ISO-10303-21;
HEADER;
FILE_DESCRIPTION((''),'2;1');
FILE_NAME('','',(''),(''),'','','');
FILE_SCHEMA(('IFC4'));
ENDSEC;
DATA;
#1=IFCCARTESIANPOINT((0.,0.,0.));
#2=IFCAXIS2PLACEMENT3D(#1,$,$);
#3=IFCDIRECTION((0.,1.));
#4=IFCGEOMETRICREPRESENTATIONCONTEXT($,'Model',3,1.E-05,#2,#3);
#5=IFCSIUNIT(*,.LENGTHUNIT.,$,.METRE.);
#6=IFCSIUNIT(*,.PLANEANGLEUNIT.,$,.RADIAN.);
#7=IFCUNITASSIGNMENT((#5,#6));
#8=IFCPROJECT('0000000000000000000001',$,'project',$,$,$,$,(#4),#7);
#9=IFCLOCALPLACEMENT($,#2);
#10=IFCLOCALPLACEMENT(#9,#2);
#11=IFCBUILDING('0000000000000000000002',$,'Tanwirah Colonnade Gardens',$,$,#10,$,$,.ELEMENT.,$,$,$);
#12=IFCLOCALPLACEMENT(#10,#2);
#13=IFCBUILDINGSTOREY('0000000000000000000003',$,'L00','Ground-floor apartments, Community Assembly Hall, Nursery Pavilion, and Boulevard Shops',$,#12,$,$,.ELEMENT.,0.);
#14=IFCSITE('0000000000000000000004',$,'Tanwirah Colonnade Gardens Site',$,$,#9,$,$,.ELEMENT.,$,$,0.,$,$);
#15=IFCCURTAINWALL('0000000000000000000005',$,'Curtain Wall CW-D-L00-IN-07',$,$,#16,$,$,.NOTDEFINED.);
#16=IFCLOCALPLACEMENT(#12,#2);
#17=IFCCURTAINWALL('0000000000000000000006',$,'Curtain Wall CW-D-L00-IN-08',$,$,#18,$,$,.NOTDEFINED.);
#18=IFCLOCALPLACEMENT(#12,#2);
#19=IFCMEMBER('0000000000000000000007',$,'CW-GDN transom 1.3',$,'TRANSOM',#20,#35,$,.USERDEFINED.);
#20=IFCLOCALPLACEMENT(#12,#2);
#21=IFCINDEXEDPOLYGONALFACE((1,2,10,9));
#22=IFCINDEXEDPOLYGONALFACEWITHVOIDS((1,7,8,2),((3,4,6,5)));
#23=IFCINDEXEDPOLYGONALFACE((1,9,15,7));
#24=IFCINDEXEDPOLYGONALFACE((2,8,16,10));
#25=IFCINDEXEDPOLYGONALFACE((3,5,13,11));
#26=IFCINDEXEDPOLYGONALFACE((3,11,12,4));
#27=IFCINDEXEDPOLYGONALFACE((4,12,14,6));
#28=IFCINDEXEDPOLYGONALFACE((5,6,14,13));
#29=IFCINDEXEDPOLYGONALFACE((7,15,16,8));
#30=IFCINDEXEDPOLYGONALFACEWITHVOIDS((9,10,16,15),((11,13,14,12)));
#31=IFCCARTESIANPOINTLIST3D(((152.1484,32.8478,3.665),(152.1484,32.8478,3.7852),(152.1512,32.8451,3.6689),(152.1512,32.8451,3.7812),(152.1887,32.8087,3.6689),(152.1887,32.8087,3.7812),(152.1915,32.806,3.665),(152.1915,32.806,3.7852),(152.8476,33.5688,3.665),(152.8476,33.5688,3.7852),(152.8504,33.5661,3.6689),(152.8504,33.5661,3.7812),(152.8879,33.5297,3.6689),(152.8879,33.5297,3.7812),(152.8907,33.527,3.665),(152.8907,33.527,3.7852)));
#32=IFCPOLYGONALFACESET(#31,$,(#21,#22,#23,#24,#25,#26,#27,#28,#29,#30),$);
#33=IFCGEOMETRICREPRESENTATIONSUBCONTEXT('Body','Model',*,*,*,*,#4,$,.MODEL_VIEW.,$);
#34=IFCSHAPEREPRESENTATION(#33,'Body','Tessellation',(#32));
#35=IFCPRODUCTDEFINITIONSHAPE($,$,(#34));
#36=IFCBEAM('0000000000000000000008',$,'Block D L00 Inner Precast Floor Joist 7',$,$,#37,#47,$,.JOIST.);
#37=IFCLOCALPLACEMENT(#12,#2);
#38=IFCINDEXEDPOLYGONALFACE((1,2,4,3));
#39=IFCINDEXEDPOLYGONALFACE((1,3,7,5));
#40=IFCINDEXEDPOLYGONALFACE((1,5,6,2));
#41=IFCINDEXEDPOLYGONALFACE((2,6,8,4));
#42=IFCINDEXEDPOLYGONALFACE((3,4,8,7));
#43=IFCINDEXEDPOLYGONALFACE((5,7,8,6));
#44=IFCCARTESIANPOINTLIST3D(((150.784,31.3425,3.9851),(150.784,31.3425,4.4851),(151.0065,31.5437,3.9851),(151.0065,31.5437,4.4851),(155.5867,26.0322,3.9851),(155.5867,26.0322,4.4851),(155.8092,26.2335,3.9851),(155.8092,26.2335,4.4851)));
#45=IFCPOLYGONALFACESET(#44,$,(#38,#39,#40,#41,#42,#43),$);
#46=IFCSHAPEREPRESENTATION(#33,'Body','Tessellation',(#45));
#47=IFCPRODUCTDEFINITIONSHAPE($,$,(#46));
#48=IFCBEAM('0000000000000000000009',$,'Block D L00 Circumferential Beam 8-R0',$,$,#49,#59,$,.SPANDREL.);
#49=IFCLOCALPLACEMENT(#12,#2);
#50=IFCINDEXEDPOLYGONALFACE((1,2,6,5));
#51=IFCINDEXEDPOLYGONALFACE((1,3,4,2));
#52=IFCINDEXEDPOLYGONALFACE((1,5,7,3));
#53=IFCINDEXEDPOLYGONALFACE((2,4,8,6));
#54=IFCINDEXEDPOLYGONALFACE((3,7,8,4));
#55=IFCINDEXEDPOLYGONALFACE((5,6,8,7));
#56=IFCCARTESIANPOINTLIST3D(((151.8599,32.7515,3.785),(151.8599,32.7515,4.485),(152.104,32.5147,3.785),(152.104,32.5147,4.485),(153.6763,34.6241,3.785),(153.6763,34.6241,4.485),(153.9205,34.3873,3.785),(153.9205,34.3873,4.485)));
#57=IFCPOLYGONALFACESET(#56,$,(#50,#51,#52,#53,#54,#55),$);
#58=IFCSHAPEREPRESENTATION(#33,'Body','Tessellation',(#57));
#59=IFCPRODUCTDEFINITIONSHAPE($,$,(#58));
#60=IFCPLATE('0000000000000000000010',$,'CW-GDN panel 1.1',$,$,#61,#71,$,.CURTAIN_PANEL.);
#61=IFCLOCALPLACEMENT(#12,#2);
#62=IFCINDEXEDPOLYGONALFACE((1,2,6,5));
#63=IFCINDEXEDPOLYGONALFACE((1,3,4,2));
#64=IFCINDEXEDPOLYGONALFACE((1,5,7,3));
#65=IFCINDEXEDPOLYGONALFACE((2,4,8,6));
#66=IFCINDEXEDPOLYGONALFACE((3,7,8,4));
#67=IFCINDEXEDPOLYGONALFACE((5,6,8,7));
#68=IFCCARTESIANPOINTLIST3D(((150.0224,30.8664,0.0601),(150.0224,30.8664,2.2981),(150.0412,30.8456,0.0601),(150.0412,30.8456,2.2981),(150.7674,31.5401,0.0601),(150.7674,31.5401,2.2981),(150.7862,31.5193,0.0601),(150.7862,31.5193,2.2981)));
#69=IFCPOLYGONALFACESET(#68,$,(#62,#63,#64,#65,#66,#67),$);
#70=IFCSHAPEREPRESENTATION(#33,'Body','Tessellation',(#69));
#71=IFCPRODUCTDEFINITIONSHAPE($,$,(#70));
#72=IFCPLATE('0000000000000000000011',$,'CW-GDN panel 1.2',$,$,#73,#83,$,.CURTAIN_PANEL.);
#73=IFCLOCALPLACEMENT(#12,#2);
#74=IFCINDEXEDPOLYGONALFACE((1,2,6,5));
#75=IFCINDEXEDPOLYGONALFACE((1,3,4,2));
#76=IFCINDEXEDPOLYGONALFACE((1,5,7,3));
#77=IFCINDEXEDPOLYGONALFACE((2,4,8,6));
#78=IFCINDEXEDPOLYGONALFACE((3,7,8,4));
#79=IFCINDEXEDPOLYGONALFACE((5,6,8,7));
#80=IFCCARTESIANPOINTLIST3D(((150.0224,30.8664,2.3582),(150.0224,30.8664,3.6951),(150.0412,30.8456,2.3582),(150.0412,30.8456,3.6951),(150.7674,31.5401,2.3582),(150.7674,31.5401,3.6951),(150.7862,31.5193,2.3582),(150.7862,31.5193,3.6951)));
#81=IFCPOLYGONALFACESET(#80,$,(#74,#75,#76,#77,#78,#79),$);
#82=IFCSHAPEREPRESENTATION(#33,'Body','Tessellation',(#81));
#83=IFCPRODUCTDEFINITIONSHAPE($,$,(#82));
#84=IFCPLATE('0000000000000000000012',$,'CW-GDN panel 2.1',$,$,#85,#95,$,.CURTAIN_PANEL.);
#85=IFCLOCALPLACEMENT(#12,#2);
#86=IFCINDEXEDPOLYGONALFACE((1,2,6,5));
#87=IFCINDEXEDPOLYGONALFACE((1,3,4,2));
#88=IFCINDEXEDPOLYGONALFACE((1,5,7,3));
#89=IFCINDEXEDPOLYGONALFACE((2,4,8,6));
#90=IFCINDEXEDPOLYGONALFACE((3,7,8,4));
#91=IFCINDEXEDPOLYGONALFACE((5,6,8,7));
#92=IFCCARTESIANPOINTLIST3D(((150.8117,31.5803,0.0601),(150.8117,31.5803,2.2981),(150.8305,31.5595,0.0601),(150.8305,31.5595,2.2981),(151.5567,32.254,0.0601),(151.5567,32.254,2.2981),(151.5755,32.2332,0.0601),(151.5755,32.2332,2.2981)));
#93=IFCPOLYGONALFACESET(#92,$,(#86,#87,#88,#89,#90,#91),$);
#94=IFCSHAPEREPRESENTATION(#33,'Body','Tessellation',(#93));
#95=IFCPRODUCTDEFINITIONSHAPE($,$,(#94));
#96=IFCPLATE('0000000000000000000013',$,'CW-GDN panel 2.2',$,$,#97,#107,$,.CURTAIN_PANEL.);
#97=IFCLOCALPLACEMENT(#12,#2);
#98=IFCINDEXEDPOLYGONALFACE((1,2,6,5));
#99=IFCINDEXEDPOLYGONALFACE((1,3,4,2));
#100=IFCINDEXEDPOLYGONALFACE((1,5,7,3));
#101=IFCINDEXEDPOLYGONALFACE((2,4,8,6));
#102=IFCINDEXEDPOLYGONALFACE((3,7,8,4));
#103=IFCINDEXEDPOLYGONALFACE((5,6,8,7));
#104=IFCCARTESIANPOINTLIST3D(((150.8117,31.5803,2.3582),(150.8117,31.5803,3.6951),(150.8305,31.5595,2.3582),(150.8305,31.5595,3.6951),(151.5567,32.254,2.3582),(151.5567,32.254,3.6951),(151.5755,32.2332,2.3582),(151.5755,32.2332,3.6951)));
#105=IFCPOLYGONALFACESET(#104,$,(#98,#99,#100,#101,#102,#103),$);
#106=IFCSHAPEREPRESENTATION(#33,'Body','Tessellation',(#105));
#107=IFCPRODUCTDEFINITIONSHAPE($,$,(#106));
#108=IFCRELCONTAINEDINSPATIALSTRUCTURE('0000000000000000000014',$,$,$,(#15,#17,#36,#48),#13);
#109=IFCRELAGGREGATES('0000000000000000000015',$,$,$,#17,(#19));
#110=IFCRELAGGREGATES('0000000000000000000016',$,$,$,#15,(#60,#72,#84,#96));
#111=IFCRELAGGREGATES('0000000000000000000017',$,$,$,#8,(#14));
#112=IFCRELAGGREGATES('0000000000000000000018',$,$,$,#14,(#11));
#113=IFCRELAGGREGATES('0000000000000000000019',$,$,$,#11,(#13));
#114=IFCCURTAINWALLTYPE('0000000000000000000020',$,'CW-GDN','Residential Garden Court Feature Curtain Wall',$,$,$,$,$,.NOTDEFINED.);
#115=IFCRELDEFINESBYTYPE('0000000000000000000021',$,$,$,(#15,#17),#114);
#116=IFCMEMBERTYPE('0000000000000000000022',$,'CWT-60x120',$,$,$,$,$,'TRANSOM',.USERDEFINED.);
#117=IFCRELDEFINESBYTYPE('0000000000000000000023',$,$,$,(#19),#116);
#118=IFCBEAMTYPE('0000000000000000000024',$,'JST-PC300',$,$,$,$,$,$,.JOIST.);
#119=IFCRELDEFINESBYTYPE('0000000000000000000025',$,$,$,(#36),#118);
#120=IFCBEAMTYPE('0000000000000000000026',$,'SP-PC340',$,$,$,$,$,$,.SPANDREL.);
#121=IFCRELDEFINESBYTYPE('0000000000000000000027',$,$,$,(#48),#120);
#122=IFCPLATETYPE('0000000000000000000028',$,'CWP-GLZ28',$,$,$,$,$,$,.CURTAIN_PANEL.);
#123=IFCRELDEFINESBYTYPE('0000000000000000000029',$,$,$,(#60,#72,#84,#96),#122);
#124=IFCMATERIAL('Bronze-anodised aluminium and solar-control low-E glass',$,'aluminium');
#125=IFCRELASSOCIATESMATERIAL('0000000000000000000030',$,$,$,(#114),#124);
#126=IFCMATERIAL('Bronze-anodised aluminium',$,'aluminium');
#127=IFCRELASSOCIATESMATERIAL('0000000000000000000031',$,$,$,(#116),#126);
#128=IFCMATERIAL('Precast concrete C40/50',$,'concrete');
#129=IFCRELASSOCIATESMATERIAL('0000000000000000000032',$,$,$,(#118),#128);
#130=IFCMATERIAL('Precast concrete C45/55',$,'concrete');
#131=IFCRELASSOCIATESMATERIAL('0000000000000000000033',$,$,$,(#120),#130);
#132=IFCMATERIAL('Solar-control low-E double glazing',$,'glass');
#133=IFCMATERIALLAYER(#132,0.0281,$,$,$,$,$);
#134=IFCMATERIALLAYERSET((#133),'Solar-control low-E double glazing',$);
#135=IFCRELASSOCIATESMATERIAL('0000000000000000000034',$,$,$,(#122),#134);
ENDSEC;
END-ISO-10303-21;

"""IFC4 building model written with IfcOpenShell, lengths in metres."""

from ifc_helpers import new_model, si_unit, direction, frame, origin, origin_2d, place, context, subcontext, project, spatial, rectangle, hollow_rectangle, extrude, material, layer, layer_set, material_profile, profile_set, type_object, element, aggregate, save


model = new_model("IFC4")

# Units and contexts
model_context = context("Model", 3, precision=1e-05, world=origin(), true_north=direction((0.0, 1.0)))
body_context = subcontext(model_context, "Body", "Model", "MODEL_VIEW")
ifc_project = project(units=[si_unit("LENGTHUNIT", "METRE"), si_unit("PLANEANGLEUNIT", "RADIAN")], contexts=[model_context])

# Site, building, storey
site_placement = place(None, origin())
site = spatial("IfcSite", under=ifc_project, at=site_placement, Name="Tanwirah Colonnade Gardens Site", CompositionType="ELEMENT", RefElevation=0.0)
building_placement = place(site_placement, origin())
building = spatial("IfcBuilding", under=site, at=building_placement, Name="Tanwirah Colonnade Gardens", CompositionType="ELEMENT")
storey_placement = place(building_placement, origin())
storey = spatial("IfcBuildingStorey", under=building, at=storey_placement, Name="L00", Description="Ground-floor apartments, Community Assembly Hall, Nursery Pavilion, and Boulevard Shops", CompositionType="ELEMENT", Elevation=0.0)

# Shared definitions
ifc_material_1 = material(Name="Precast concrete C45/55", Category="concrete")

# Curtain wall
ifc_material_2 = material(Name="Bronze-anodised aluminium and solar-control low-E glass", Category="aluminium")
curtain_wall_type = type_object("IfcCurtainWallType", Name="CW-GDN", Description="Residential Garden Court Feature Curtain Wall", PredefinedType="NOTDEFINED", material=ifc_material_2)
curtain_wall_1_placement = place(storey_placement, origin())
curtain_wall_1 = element("IfcCurtainWall", 1, at=curtain_wall_1_placement, inside=storey, type_object=curtain_wall_type, Name="Curtain Wall CW-D-L00-IN-07", PredefinedType="NOTDEFINED")
ifc_material_3 = material(Name="Bronze-anodised aluminium", Category="aluminium")

# Curtain wall
curtain_wall_2_placement = place(storey_placement, origin())
curtain_wall_2 = element("IfcCurtainWall", 2, at=curtain_wall_2_placement, inside=storey, type_object=curtain_wall_type, Name="Curtain Wall CW-D-L00-IN-08", PredefinedType="NOTDEFINED")

# Member
ifc_material_profile_1 = material_profile(ifc_material_3, hollow_rectangle(XDim=0.0601, YDim=0.1201, WallThickness=0.0039, at=origin_2d()), Name="CW-TRN 60x120x4")
ifc_profile_set_1 = profile_set([ifc_material_profile_1], Name="Bronze-anodised aluminium")
member_type_1 = type_object("IfcMemberType", Name="CWT-60x120", ElementType="TRANSOM", PredefinedType="USERDEFINED", material=ifc_profile_set_1)
member_1_placement = place(storey_placement, frame((152.1699, 32.8269, 3.7251), z_axis=(0.696207, 0.717841, 0.0), x_axis=(-0.717841, 0.696207, 0.0)))
member_1 = element("IfcMember", 3, at=member_1_placement, type_object=member_type_1, Name="CW-GDN transom 1.3", ObjectType="TRANSOM", PredefinedType="USERDEFINED", context=body_context, shape_type="SweptSolid", body=[
    extrude(hollow_rectangle(XDim=0.0601, YDim=0.1201, WallThickness=0.0039, at=origin_2d()), origin(), (0.0, 0.0, 1.0), 1.0044),
])
aggregate(curtain_wall_2, [member_1])

# Beams
ifc_material_4 = material(Name="Precast concrete C40/50", Category="concrete")
ifc_material_profile_2 = material_profile(ifc_material_4, rectangle(XDim=0.3, YDim=0.5, at=origin_2d()), Name="PC-JST 300x500")
ifc_profile_set_2 = profile_set([ifc_material_profile_2], Name="Precast concrete C40/50")
beam_type_1 = type_object("IfcBeamType", Name="JST-PC300", PredefinedType="JOIST", material=ifc_profile_set_2)
beam_1_placement = place(storey_placement, frame((150.8953, 31.4431, 4.2351), z_axis=(0.670773, -0.741663, 0.0), x_axis=(0.741663, 0.670773, 0.0)))
element("IfcBeam", 4, at=beam_1_placement, inside=storey, type_object=beam_type_1, Name="Block D L00 Inner Precast Floor Joist 7", PredefinedType="JOIST", context=body_context, shape_type="SweptSolid", body=[
    extrude(rectangle(XDim=0.3, YDim=0.5, at=origin_2d()), origin(), (0.0, 0.0, 1.0), 7.1599),
])
ifc_material_profile_3 = material_profile(ifc_material_1, rectangle(XDim=0.3401, YDim=0.7, at=origin_2d()), Name="PC-SP 340x700")
ifc_profile_set_3 = profile_set([ifc_material_profile_3], Name="Precast concrete C45/55")
beam_type_2 = type_object("IfcBeamType", Name="SP-PC340", PredefinedType="SPANDREL", material=ifc_profile_set_3)
beam_2_placement = place(storey_placement, frame((151.9819, 32.6331, 4.135), z_axis=(0.696263, 0.717787, 0.0), x_axis=(-0.717787, 0.696263, 0.0)))
element("IfcBeam", 5, at=beam_2_placement, inside=storey, type_object=beam_type_2, Name="Block D L00 Circumferential Beam 8-R0", PredefinedType="SPANDREL", context=body_context, shape_type="SweptSolid", body=[
    extrude(rectangle(XDim=0.3401, YDim=0.7, at=origin_2d()), origin(), (0.0, 0.0, 1.0), 2.6089),
])

# Plates
ifc_material_5 = material(Name="Solar-control low-E double glazing", Category="glass")
ifc_layer = layer(ifc_material_5, 0.0281)
ifc_layer_set = layer_set([ifc_layer], Name="Solar-control low-E double glazing")
plate_type = type_object("IfcPlateType", Name="CWP-GLZ28", PredefinedType="CURTAIN_PANEL", material=ifc_layer_set)
plate_1_placement = place(storey_placement, frame((150.4043, 31.1929, 0.0601), z_axis=(0.0, 0.0, 1.0), x_axis=(0.741683, 0.670751, 0.0)))
plate_1 = element("IfcPlate", 6, at=plate_1_placement, type_object=plate_type, Name="CW-GDN panel 1.1", PredefinedType="CURTAIN_PANEL", context=body_context, shape_type="SweptSolid", body=[
    extrude(rectangle(XDim=1.0044, YDim=0.0281, at=origin_2d()), origin(), (0.0, 0.0, 1.0), 2.238),
])
plate_2_placement = place(storey_placement, frame((150.4043, 31.1929, 2.3582), z_axis=(0.0, 0.0, 1.0), x_axis=(0.741683, 0.670751, 0.0)))
plate_2 = element("IfcPlate", 7, at=plate_2_placement, type_object=plate_type, Name="CW-GDN panel 1.2", PredefinedType="CURTAIN_PANEL", context=body_context, shape_type="SweptSolid", body=[
    extrude(rectangle(XDim=1.0044, YDim=0.0281, at=origin_2d()), origin(), (0.0, 0.0, 1.0), 1.3369),
])
plate_3_placement = place(storey_placement, frame((151.1936, 31.9067, 0.0601), z_axis=(0.0, 0.0, 1.0), x_axis=(0.741683, 0.670751, 0.0)))
plate_3 = element("IfcPlate", 8, at=plate_3_placement, type_object=plate_type, Name="CW-GDN panel 2.1", PredefinedType="CURTAIN_PANEL", context=body_context, shape_type="SweptSolid", body=[
    extrude(rectangle(XDim=1.0044, YDim=0.0281, at=origin_2d()), origin(), (0.0, 0.0, 1.0), 2.238),
])
plate_4_placement = place(storey_placement, frame((151.1936, 31.9067, 2.3582), z_axis=(0.0, 0.0, 1.0), x_axis=(0.741683, 0.670751, 0.0)))
plate_4 = element("IfcPlate", 9, at=plate_4_placement, type_object=plate_type, Name="CW-GDN panel 2.2", PredefinedType="CURTAIN_PANEL", context=body_context, shape_type="SweptSolid", body=[
    extrude(rectangle(XDim=1.0044, YDim=0.0281, at=origin_2d()), origin(), (0.0, 0.0, 1.0), 1.3369),
])
aggregate(curtain_wall_1, [plate_1, plate_2, plate_3, plate_4])

save(model, "model.ifc")
